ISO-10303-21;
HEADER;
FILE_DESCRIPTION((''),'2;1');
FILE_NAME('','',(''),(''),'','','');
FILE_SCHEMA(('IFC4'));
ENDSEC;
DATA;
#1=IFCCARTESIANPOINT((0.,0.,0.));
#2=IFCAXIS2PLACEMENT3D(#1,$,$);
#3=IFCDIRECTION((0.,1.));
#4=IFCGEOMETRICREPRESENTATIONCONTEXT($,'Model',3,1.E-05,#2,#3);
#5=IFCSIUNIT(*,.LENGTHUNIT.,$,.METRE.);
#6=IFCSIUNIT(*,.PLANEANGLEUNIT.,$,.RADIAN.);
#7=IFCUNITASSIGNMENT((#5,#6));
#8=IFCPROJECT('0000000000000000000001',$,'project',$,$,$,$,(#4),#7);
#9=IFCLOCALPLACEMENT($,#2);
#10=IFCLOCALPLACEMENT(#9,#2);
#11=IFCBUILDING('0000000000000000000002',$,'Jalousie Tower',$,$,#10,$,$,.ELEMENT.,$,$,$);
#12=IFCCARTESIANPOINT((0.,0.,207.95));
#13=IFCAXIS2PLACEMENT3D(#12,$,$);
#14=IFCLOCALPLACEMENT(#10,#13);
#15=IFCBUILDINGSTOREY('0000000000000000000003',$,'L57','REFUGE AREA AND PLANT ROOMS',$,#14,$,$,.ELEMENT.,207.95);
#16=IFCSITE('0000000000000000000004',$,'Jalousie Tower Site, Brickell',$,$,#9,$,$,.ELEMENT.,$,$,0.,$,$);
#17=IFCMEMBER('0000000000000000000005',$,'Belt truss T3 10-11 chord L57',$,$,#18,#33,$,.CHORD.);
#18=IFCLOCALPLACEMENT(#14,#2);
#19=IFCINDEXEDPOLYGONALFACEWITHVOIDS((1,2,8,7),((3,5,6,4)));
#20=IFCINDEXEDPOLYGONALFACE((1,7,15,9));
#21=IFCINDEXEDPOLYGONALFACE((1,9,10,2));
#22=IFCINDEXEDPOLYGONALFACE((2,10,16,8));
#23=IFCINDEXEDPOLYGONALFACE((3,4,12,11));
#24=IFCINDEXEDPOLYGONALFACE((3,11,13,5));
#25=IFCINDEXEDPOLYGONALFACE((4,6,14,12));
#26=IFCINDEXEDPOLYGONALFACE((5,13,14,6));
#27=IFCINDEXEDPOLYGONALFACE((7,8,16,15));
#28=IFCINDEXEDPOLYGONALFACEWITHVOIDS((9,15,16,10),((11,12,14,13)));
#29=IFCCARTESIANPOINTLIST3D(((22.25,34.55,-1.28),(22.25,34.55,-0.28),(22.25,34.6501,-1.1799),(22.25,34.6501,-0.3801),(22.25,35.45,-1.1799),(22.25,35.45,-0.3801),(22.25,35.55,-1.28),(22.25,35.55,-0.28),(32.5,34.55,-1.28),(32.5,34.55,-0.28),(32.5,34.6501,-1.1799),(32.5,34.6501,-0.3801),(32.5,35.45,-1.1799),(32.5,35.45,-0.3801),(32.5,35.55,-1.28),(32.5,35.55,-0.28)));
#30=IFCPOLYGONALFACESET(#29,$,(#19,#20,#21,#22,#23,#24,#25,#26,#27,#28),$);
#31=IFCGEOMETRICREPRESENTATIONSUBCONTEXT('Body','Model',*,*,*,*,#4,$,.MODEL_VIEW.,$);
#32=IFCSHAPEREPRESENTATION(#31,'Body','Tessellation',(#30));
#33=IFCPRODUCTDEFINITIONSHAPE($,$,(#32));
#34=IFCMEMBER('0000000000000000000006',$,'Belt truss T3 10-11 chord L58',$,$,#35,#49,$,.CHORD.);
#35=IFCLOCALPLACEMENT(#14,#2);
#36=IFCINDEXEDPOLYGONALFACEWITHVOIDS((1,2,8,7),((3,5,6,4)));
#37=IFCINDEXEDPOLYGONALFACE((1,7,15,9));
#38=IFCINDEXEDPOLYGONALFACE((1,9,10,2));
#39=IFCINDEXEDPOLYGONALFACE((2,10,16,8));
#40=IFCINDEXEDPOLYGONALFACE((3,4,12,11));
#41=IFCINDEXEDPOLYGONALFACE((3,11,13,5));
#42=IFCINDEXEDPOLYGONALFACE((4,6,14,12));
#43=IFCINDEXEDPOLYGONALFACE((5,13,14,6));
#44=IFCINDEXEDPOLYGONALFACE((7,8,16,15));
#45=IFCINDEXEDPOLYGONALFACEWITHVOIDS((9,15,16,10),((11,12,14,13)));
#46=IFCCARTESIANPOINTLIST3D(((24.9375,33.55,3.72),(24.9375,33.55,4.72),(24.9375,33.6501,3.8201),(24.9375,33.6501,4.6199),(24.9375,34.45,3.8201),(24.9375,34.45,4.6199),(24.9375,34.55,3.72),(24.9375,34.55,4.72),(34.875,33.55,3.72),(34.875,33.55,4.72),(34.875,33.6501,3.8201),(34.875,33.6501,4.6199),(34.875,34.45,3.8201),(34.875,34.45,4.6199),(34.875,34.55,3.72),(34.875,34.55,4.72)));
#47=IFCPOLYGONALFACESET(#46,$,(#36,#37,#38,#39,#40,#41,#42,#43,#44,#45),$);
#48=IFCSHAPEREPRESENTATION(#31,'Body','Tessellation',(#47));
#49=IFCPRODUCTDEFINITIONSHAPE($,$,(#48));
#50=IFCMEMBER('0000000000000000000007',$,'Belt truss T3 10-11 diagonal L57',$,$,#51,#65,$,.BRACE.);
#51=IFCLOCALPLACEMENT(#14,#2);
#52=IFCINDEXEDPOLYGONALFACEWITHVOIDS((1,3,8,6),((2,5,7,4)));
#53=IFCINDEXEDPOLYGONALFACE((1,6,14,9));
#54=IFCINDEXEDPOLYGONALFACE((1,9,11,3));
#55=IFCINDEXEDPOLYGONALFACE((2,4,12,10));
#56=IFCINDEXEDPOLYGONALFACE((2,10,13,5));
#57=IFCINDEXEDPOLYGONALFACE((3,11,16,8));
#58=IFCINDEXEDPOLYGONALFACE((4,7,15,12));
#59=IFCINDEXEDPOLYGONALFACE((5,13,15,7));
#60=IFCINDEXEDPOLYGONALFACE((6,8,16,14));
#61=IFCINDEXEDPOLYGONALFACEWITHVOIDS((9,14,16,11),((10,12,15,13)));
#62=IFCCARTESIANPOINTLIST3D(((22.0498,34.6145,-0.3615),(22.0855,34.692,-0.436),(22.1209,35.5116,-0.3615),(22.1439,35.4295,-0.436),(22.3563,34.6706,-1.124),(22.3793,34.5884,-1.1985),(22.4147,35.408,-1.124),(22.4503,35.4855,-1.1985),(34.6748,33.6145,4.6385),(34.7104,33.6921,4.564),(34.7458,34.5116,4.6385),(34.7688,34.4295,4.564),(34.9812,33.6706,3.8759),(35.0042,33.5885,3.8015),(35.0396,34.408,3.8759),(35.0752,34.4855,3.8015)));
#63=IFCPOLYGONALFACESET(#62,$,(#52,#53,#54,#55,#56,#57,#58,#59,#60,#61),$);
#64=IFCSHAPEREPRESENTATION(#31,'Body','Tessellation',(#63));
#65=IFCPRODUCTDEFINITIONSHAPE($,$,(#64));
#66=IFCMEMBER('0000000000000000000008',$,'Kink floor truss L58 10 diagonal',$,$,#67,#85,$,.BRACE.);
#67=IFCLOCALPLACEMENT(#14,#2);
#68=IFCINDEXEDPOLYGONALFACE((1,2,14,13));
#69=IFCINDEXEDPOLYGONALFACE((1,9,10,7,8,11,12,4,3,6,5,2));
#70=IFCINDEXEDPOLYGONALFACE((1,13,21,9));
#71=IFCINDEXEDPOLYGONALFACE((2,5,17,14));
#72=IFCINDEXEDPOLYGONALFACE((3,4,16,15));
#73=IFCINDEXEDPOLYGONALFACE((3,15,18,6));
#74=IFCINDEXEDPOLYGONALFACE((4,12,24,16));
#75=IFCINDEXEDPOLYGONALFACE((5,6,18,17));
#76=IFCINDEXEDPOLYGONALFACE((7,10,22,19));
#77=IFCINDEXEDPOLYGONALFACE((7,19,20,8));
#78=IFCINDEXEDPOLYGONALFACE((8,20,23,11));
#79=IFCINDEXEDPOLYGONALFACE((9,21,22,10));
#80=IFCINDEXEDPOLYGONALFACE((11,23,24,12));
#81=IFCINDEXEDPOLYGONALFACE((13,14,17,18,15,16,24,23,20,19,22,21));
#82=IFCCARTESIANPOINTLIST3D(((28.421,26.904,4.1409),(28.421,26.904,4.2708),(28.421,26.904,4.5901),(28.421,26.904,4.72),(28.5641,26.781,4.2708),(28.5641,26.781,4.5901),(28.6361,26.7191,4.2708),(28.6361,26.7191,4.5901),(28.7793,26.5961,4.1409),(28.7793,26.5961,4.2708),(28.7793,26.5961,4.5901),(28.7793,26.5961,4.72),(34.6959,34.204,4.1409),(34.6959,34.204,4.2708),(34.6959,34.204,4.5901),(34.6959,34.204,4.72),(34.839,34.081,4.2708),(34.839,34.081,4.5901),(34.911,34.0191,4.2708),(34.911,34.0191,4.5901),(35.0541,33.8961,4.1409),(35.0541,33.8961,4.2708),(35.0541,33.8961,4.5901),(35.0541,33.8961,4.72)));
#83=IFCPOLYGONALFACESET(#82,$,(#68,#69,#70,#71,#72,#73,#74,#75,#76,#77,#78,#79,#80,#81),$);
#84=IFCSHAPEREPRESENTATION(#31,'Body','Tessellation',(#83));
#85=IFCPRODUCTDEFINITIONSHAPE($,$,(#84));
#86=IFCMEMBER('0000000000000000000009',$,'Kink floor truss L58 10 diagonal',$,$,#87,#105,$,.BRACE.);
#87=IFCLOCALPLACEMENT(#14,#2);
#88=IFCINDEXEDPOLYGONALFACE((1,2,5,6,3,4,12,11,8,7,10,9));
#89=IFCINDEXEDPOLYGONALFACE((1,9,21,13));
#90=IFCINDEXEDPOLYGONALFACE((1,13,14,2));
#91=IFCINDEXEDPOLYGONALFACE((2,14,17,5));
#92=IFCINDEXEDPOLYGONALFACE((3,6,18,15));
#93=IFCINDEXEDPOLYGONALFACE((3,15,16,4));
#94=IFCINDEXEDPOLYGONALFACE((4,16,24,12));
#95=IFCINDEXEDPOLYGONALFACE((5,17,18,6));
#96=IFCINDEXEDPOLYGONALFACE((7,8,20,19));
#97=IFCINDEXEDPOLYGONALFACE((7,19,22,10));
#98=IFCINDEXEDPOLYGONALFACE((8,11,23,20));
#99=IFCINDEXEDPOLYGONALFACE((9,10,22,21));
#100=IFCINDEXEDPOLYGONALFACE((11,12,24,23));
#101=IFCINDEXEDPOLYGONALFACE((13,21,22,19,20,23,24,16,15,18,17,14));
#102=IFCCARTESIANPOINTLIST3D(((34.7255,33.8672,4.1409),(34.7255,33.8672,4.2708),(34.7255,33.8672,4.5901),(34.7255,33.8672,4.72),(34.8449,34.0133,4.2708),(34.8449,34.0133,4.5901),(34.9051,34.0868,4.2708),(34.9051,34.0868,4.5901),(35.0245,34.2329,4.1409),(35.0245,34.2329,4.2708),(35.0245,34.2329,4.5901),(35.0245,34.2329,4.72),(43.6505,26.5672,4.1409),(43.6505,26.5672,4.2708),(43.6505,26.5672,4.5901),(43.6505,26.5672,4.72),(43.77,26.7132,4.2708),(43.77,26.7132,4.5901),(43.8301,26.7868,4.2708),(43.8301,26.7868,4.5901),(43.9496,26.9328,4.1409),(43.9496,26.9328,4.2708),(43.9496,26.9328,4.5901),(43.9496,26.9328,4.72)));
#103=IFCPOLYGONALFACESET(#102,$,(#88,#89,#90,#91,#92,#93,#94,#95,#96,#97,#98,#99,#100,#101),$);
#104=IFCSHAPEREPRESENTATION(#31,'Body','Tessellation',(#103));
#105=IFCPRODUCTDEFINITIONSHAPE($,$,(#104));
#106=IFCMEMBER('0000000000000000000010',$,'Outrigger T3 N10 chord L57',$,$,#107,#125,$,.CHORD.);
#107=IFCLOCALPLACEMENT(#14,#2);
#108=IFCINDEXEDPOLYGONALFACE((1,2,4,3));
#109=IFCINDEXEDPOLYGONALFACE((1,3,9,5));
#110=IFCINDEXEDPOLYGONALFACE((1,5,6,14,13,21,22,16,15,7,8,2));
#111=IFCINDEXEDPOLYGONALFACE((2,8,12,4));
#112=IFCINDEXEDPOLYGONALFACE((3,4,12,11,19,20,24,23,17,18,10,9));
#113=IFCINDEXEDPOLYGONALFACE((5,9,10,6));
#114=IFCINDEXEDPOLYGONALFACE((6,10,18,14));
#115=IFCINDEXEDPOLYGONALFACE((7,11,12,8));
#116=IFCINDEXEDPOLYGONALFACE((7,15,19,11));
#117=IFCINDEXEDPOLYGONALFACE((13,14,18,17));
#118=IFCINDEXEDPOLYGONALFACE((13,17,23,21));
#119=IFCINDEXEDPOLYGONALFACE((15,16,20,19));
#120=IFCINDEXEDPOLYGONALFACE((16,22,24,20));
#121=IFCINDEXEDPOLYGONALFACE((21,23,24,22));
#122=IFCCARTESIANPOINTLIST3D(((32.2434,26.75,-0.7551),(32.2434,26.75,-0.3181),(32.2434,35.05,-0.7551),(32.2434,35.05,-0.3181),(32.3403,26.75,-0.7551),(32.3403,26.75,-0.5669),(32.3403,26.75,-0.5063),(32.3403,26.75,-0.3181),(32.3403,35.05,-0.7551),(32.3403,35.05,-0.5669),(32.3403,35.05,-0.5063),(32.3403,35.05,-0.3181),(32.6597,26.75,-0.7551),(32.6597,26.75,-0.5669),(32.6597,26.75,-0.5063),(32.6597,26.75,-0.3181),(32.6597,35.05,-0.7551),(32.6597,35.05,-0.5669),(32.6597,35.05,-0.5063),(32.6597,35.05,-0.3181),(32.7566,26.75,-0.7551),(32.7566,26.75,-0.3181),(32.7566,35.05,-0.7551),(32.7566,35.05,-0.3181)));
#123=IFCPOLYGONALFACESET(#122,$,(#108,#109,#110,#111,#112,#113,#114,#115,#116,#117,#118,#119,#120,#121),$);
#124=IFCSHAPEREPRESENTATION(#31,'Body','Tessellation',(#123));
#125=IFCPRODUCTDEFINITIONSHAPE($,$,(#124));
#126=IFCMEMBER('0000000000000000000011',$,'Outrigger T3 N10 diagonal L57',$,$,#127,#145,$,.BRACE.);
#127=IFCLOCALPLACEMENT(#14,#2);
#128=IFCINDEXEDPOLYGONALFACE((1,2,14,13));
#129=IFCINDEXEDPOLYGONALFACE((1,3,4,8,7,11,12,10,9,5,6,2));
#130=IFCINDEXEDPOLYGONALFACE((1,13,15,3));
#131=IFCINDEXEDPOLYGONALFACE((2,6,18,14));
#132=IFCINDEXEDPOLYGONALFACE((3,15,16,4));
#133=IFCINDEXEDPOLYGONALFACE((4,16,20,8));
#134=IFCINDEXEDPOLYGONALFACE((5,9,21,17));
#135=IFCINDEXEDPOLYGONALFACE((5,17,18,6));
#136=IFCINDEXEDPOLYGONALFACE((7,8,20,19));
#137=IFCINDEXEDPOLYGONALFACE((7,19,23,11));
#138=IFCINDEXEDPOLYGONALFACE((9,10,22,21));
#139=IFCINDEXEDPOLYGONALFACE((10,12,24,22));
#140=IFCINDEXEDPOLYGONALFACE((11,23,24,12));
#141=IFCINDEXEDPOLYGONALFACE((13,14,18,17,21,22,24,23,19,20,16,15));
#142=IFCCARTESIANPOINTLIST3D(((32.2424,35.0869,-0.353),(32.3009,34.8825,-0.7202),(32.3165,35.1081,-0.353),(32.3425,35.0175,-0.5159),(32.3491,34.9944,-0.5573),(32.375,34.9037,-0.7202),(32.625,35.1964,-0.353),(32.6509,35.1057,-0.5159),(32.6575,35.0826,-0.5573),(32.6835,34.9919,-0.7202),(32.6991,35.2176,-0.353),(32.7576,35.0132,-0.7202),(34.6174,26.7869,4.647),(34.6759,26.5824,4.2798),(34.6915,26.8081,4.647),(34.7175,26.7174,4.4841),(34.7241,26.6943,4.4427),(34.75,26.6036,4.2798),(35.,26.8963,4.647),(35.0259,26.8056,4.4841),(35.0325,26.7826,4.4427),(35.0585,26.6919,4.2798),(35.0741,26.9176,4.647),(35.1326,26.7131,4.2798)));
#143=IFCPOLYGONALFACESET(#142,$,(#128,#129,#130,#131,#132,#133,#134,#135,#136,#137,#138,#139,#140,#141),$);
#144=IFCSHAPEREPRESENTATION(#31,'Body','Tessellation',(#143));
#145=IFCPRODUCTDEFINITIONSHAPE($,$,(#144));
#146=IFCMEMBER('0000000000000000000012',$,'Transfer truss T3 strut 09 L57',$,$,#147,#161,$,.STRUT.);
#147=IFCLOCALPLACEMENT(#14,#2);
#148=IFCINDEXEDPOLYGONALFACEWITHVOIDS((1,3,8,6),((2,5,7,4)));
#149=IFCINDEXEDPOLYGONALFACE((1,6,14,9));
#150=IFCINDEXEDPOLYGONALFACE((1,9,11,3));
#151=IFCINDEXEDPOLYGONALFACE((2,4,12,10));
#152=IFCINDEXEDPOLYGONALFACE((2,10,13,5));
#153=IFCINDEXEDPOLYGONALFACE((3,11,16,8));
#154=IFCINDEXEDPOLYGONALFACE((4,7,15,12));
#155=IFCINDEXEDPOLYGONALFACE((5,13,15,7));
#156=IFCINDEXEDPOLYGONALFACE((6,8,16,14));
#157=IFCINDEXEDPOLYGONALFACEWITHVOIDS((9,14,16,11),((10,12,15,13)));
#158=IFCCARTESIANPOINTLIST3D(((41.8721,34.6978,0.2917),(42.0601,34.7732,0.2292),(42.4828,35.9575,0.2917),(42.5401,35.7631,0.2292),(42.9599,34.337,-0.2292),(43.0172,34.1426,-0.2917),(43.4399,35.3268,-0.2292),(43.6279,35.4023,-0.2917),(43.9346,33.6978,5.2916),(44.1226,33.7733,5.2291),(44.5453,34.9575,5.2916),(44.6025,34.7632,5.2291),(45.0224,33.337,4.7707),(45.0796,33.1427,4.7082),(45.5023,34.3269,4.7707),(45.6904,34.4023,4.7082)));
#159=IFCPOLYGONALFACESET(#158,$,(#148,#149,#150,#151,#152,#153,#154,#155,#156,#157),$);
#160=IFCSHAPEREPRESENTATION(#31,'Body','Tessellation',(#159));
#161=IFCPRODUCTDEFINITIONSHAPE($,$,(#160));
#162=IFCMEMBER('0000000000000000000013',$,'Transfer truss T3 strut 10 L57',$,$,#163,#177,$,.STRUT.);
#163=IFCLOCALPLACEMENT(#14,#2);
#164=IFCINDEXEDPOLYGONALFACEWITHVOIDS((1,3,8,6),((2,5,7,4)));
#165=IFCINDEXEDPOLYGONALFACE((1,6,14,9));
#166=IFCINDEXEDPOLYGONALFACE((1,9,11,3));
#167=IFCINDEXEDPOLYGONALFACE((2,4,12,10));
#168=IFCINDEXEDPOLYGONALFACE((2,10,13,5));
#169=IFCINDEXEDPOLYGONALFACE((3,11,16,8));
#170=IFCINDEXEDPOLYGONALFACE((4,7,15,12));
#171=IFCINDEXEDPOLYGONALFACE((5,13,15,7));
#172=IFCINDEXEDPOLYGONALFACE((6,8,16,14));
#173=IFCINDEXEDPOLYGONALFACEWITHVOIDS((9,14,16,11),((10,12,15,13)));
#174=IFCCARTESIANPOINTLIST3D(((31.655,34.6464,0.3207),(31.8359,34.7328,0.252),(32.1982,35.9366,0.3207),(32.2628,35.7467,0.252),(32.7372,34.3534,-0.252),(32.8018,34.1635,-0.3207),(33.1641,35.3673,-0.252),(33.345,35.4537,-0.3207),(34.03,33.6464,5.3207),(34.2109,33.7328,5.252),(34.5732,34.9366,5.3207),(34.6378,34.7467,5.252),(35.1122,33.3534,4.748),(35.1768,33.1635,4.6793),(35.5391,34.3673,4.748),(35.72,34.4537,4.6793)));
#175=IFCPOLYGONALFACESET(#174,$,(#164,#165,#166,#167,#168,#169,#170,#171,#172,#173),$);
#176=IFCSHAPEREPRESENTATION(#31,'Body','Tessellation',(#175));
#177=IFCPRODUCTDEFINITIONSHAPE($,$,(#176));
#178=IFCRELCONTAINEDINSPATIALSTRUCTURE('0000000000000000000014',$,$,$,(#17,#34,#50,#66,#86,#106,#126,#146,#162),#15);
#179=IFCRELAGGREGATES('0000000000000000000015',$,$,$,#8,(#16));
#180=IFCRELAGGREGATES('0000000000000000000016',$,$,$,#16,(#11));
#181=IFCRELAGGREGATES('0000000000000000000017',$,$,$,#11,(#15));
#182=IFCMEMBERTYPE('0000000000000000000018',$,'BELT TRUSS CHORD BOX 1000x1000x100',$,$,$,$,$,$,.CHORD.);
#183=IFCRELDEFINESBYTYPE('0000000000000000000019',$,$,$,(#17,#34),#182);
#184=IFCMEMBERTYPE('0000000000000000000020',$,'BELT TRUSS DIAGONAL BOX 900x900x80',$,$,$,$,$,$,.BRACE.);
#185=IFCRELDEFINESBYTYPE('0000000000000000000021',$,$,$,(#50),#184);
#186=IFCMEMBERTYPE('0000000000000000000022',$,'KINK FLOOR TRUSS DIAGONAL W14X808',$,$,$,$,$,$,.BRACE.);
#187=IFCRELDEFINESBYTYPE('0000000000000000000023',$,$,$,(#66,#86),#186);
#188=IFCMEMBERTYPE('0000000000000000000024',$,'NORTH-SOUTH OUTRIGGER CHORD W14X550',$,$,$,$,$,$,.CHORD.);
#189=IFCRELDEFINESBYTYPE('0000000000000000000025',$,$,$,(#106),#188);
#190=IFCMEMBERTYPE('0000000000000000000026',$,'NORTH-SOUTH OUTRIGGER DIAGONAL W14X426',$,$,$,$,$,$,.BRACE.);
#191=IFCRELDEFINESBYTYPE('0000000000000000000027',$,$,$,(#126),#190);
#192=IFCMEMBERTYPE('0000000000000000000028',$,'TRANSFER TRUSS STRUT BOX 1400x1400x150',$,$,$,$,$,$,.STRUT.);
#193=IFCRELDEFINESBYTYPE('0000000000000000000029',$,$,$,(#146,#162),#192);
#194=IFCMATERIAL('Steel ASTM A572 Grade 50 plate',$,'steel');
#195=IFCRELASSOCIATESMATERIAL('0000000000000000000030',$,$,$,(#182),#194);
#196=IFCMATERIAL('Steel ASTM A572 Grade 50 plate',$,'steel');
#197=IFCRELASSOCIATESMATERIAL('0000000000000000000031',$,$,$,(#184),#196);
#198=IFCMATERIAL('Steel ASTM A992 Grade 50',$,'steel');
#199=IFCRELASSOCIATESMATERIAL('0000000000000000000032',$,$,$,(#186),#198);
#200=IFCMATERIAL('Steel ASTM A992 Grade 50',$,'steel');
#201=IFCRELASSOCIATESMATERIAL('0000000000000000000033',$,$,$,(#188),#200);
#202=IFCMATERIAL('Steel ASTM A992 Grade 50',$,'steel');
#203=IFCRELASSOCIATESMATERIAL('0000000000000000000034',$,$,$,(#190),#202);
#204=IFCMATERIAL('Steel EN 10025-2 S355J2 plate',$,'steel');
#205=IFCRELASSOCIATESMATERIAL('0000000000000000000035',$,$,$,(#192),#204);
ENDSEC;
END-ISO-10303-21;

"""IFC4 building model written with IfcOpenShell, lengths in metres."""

from ifc_helpers import new_model, si_unit, direction, frame, origin, origin_2d, place, context, subcontext, project, spatial, hollow_rectangle, i_section, extrude, material, material_profile, profile_set, type_object, element, save


model = new_model("IFC4")

# Units and contexts
model_context = context("Model", 3, precision=1e-05, world=origin(), true_north=direction((0.0, 1.0)))
body_context = subcontext(model_context, "Body", "Model", "MODEL_VIEW")
ifc_project = project(units=[si_unit("LENGTHUNIT", "METRE"), si_unit("PLANEANGLEUNIT", "RADIAN")], contexts=[model_context])

# Site, building, storey
site_placement = place(None, origin())
site = spatial("IfcSite", under=ifc_project, at=site_placement, Name="Jalousie Tower Site, Brickell", CompositionType="ELEMENT", RefElevation=0.0)
building_placement = place(site_placement, origin())
building = spatial("IfcBuilding", under=site, at=building_placement, Name="Jalousie Tower", CompositionType="ELEMENT")
storey_placement = place(building_placement, frame((0.0, 0.0, 207.95)))
storey = spatial("IfcBuildingStorey", under=building, at=storey_placement, Name="L57", Description="REFUGE AREA AND PLANT ROOMS", CompositionType="ELEMENT", Elevation=207.95)

# Members
ifc_material_1 = material(Name="Steel ASTM A572 Grade 50 plate", Category="steel")
ifc_material_profile_1 = material_profile(ifc_material_1, hollow_rectangle(XDim=1.0, YDim=1.0, WallThickness=0.1001, at=origin_2d()), Name="BOX 1000x1000x100")
ifc_profile_set_1 = profile_set([ifc_material_profile_1], Name="Steel ASTM A572 Grade 50 plate")
member_type_1 = type_object("IfcMemberType", Name="BELT TRUSS CHORD BOX 1000x1000x100", PredefinedType="CHORD", material=ifc_profile_set_1)
member_1_placement = place(storey_placement, frame((32.5, 35.05, -0.78), z_axis=(-1.0, 0.0, 0.0), x_axis=(0.0, -1.0, 0.0)))
element("IfcMember", 1, at=member_1_placement, inside=storey, type_object=member_type_1, Name="Belt truss T3 10-11 chord L57", PredefinedType="CHORD", context=body_context, shape_type="SweptSolid", body=[
    extrude(hollow_rectangle(XDim=1.0, YDim=1.0, WallThickness=0.1001, at=origin_2d()), origin(), (0.0, 0.0, 1.0), 10.25),
])
member_2_placement = place(storey_placement, frame((34.875, 34.05, 4.22), z_axis=(-1.0, 0.0, 0.0), x_axis=(0.0, -1.0, 0.0)))
element("IfcMember", 2, at=member_2_placement, inside=storey, type_object=member_type_1, Name="Belt truss T3 10-11 chord L58", PredefinedType="CHORD", context=body_context, shape_type="SweptSolid", body=[
    extrude(hollow_rectangle(XDim=1.0, YDim=1.0, WallThickness=0.1001, at=origin_2d()), origin(), (0.0, 0.0, 1.0), 9.9375),
])
ifc_material_2 = material(Name="Steel ASTM A572 Grade 50 plate", Category="steel")
ifc_material_profile_2 = material_profile(ifc_material_2, hollow_rectangle(XDim=0.8999, YDim=0.8999, WallThickness=0.0801, at=origin_2d()), Name="BOX 900x900x80")
ifc_profile_set_2 = profile_set([ifc_material_profile_2], Name="Steel ASTM A572 Grade 50 plate")
member_type_2 = type_object("IfcMemberType", Name="BELT TRUSS DIAGONAL BOX 900x900x80", PredefinedType="BRACE", material=ifc_profile_set_2)
member_3_placement = place(storey_placement, frame((34.875, 34.05, 4.22), z_axis=(-0.92723, 0.073444, -0.36722), x_axis=(-0.078961, -0.996878, 0.0)))
element("IfcMember", 3, at=member_3_placement, inside=storey, type_object=member_type_2, Name="Belt truss T3 10-11 diagonal L57", PredefinedType="BRACE", context=body_context, shape_type="SweptSolid", body=[
    extrude(hollow_rectangle(XDim=0.8999, YDim=0.8999, WallThickness=0.0801, at=origin_2d()), origin(), (0.0, 0.0, 1.0), 13.6157),
])
ifc_material_3 = material(Name="Steel ASTM A992 Grade 50", Category="steel")
ifc_material_profile_3 = material_profile(ifc_material_3, i_section(OverallWidth=0.4724, OverallDepth=0.5791, WebThickness=0.095, FlangeThickness=0.1299, at=origin_2d()), Name="W14X808")
ifc_profile_set_3 = profile_set([ifc_material_profile_3], Name="Steel ASTM A992 Grade 50")
member_type_3 = type_object("IfcMemberType", Name="KINK FLOOR TRUSS DIAGONAL W14X808", PredefinedType="BRACE", material=ifc_profile_set_3)
member_4_placement = place(storey_placement, frame((34.875, 34.05, 4.4304), z_axis=(-0.651852, -0.758346, 0.0), x_axis=(0.758346, -0.651852, 0.0)))
element("IfcMember", 4, at=member_4_placement, inside=storey, type_object=member_type_3, Name="Kink floor truss L58 10 diagonal", PredefinedType="BRACE", context=body_context, shape_type="SweptSolid", body=[
    extrude(i_section(OverallWidth=0.4724, OverallDepth=0.5791, WebThickness=0.095, FlangeThickness=0.1299, at=origin_2d()), origin(), (0.0, 0.0, 1.0), 9.6262),
])
member_5_placement = place(storey_placement, frame((34.875, 34.05, 4.4304), z_axis=(0.774054, -0.63312, 0.0), x_axis=(0.63312, 0.774054, 0.0)))
element("IfcMember", 5, at=member_5_placement, inside=storey, type_object=member_type_3, Name="Kink floor truss L58 10 diagonal", PredefinedType="BRACE", context=body_context, shape_type="SweptSolid", body=[
    extrude(i_section(OverallWidth=0.4724, OverallDepth=0.5791, WebThickness=0.095, FlangeThickness=0.1299, at=origin_2d()), origin(), (0.0, 0.0, 1.0), 11.5303),
])
ifc_material_4 = material(Name="Steel ASTM A992 Grade 50", Category="steel")
ifc_material_profile_4 = material_profile(ifc_material_4, i_section(OverallWidth=0.437, OverallDepth=0.5132, WebThickness=0.0605, FlangeThickness=0.0969, at=origin_2d()), Name="W14X550")
ifc_profile_set_4 = profile_set([ifc_material_profile_4], Name="Steel ASTM A992 Grade 50")
member_type_4 = type_object("IfcMemberType", Name="NORTH-SOUTH OUTRIGGER CHORD W14X550", PredefinedType="CHORD", material=ifc_profile_set_4)
member_6_placement = place(storey_placement, frame((32.5, 35.05, -0.5366), z_axis=(0.0, -1.0, 0.0), x_axis=(0.0, 0.0, 1.0)))
element("IfcMember", 6, at=member_6_placement, inside=storey, type_object=member_type_4, Name="Outrigger T3 N10 chord L57", PredefinedType="CHORD", context=body_context, shape_type="SweptSolid", body=[
    extrude(i_section(OverallWidth=0.437, OverallDepth=0.5132, WebThickness=0.0605, FlangeThickness=0.0969, at=origin_2d()), origin(), (0.0, 0.0, 1.0), 8.3),
])
ifc_material_5 = material(Name="Steel ASTM A992 Grade 50", Category="steel")
ifc_material_profile_5 = material_profile(ifc_material_5, i_section(OverallWidth=0.4243, OverallDepth=0.4751, WebThickness=0.0479, FlangeThickness=0.0771, at=origin_2d()), Name="W14X426")
ifc_profile_set_5 = profile_set([ifc_material_profile_5], Name="Steel ASTM A992 Grade 50")
member_type_5 = type_object("IfcMemberType", Name="NORTH-SOUTH OUTRIGGER DIAGONAL W14X426", PredefinedType="BRACE", material=ifc_profile_set_5)
member_7_placement = place(storey_placement, frame((32.5, 35.05, -0.5366), z_axis=(0.238058, -0.831956, 0.501176), x_axis=(-0.137874, 0.481838, 0.865346)))
element("IfcMember", 7, at=member_7_placement, inside=storey, type_object=member_type_5, Name="Outrigger T3 N10 diagonal L57", PredefinedType="BRACE", context=body_context, shape_type="SweptSolid", body=[
    extrude(i_section(OverallWidth=0.4243, OverallDepth=0.4751, WebThickness=0.0479, FlangeThickness=0.0771, at=origin_2d()), origin(), (0.0, 0.0, 1.0), 9.9766),
])
ifc_material_6 = material(Name="Steel EN 10025-2 S355J2 plate", Category="steel")
ifc_material_profile_6 = material_profile(ifc_material_6, hollow_rectangle(XDim=1.3999, YDim=1.3999, WallThickness=0.1499, at=origin_2d()), Name="BOX 1400x1400x150")
ifc_profile_set_6 = profile_set([ifc_material_profile_6], Name="Steel EN 10025-2 S355J2 plate")
member_type_6 = type_object("IfcMemberType", Name="TRANSFER TRUSS STRUT BOX 1400x1400x150", PredefinedType="STRUT", material=ifc_profile_set_6)
member_8_placement = place(storey_placement, frame((42.75, 35.05, 0.0), z_axis=(0.374976, -0.181806, 0.909032), x_axis=(0.436274, 0.899814, 0.0)))
element("IfcMember", 8, at=member_8_placement, inside=storey, type_object=member_type_6, Name="Transfer truss T3 strut 09 L57", PredefinedType="STRUT", context=body_context, shape_type="SweptSolid", body=[
    extrude(hollow_rectangle(XDim=1.3999, YDim=1.3999, WallThickness=0.1499, at=origin_2d()), origin(), (0.0, 0.0, 1.0), 5.5002),
])
member_9_placement = place(storey_placement, frame((32.5, 35.05, 0.0), z_axis=(0.422222, -0.177778, 0.888889), x_axis=(0.388057, 0.921635, 0.0)))
element("IfcMember", 9, at=member_9_placement, inside=storey, type_object=member_type_6, Name="Transfer truss T3 strut 10 L57", PredefinedType="STRUT", context=body_context, shape_type="SweptSolid", body=[
    extrude(hollow_rectangle(XDim=1.3999, YDim=1.3999, WallThickness=0.1499, at=origin_2d()), origin(), (0.0, 0.0, 1.0), 5.625),
])

save(model, "model.ifc")
